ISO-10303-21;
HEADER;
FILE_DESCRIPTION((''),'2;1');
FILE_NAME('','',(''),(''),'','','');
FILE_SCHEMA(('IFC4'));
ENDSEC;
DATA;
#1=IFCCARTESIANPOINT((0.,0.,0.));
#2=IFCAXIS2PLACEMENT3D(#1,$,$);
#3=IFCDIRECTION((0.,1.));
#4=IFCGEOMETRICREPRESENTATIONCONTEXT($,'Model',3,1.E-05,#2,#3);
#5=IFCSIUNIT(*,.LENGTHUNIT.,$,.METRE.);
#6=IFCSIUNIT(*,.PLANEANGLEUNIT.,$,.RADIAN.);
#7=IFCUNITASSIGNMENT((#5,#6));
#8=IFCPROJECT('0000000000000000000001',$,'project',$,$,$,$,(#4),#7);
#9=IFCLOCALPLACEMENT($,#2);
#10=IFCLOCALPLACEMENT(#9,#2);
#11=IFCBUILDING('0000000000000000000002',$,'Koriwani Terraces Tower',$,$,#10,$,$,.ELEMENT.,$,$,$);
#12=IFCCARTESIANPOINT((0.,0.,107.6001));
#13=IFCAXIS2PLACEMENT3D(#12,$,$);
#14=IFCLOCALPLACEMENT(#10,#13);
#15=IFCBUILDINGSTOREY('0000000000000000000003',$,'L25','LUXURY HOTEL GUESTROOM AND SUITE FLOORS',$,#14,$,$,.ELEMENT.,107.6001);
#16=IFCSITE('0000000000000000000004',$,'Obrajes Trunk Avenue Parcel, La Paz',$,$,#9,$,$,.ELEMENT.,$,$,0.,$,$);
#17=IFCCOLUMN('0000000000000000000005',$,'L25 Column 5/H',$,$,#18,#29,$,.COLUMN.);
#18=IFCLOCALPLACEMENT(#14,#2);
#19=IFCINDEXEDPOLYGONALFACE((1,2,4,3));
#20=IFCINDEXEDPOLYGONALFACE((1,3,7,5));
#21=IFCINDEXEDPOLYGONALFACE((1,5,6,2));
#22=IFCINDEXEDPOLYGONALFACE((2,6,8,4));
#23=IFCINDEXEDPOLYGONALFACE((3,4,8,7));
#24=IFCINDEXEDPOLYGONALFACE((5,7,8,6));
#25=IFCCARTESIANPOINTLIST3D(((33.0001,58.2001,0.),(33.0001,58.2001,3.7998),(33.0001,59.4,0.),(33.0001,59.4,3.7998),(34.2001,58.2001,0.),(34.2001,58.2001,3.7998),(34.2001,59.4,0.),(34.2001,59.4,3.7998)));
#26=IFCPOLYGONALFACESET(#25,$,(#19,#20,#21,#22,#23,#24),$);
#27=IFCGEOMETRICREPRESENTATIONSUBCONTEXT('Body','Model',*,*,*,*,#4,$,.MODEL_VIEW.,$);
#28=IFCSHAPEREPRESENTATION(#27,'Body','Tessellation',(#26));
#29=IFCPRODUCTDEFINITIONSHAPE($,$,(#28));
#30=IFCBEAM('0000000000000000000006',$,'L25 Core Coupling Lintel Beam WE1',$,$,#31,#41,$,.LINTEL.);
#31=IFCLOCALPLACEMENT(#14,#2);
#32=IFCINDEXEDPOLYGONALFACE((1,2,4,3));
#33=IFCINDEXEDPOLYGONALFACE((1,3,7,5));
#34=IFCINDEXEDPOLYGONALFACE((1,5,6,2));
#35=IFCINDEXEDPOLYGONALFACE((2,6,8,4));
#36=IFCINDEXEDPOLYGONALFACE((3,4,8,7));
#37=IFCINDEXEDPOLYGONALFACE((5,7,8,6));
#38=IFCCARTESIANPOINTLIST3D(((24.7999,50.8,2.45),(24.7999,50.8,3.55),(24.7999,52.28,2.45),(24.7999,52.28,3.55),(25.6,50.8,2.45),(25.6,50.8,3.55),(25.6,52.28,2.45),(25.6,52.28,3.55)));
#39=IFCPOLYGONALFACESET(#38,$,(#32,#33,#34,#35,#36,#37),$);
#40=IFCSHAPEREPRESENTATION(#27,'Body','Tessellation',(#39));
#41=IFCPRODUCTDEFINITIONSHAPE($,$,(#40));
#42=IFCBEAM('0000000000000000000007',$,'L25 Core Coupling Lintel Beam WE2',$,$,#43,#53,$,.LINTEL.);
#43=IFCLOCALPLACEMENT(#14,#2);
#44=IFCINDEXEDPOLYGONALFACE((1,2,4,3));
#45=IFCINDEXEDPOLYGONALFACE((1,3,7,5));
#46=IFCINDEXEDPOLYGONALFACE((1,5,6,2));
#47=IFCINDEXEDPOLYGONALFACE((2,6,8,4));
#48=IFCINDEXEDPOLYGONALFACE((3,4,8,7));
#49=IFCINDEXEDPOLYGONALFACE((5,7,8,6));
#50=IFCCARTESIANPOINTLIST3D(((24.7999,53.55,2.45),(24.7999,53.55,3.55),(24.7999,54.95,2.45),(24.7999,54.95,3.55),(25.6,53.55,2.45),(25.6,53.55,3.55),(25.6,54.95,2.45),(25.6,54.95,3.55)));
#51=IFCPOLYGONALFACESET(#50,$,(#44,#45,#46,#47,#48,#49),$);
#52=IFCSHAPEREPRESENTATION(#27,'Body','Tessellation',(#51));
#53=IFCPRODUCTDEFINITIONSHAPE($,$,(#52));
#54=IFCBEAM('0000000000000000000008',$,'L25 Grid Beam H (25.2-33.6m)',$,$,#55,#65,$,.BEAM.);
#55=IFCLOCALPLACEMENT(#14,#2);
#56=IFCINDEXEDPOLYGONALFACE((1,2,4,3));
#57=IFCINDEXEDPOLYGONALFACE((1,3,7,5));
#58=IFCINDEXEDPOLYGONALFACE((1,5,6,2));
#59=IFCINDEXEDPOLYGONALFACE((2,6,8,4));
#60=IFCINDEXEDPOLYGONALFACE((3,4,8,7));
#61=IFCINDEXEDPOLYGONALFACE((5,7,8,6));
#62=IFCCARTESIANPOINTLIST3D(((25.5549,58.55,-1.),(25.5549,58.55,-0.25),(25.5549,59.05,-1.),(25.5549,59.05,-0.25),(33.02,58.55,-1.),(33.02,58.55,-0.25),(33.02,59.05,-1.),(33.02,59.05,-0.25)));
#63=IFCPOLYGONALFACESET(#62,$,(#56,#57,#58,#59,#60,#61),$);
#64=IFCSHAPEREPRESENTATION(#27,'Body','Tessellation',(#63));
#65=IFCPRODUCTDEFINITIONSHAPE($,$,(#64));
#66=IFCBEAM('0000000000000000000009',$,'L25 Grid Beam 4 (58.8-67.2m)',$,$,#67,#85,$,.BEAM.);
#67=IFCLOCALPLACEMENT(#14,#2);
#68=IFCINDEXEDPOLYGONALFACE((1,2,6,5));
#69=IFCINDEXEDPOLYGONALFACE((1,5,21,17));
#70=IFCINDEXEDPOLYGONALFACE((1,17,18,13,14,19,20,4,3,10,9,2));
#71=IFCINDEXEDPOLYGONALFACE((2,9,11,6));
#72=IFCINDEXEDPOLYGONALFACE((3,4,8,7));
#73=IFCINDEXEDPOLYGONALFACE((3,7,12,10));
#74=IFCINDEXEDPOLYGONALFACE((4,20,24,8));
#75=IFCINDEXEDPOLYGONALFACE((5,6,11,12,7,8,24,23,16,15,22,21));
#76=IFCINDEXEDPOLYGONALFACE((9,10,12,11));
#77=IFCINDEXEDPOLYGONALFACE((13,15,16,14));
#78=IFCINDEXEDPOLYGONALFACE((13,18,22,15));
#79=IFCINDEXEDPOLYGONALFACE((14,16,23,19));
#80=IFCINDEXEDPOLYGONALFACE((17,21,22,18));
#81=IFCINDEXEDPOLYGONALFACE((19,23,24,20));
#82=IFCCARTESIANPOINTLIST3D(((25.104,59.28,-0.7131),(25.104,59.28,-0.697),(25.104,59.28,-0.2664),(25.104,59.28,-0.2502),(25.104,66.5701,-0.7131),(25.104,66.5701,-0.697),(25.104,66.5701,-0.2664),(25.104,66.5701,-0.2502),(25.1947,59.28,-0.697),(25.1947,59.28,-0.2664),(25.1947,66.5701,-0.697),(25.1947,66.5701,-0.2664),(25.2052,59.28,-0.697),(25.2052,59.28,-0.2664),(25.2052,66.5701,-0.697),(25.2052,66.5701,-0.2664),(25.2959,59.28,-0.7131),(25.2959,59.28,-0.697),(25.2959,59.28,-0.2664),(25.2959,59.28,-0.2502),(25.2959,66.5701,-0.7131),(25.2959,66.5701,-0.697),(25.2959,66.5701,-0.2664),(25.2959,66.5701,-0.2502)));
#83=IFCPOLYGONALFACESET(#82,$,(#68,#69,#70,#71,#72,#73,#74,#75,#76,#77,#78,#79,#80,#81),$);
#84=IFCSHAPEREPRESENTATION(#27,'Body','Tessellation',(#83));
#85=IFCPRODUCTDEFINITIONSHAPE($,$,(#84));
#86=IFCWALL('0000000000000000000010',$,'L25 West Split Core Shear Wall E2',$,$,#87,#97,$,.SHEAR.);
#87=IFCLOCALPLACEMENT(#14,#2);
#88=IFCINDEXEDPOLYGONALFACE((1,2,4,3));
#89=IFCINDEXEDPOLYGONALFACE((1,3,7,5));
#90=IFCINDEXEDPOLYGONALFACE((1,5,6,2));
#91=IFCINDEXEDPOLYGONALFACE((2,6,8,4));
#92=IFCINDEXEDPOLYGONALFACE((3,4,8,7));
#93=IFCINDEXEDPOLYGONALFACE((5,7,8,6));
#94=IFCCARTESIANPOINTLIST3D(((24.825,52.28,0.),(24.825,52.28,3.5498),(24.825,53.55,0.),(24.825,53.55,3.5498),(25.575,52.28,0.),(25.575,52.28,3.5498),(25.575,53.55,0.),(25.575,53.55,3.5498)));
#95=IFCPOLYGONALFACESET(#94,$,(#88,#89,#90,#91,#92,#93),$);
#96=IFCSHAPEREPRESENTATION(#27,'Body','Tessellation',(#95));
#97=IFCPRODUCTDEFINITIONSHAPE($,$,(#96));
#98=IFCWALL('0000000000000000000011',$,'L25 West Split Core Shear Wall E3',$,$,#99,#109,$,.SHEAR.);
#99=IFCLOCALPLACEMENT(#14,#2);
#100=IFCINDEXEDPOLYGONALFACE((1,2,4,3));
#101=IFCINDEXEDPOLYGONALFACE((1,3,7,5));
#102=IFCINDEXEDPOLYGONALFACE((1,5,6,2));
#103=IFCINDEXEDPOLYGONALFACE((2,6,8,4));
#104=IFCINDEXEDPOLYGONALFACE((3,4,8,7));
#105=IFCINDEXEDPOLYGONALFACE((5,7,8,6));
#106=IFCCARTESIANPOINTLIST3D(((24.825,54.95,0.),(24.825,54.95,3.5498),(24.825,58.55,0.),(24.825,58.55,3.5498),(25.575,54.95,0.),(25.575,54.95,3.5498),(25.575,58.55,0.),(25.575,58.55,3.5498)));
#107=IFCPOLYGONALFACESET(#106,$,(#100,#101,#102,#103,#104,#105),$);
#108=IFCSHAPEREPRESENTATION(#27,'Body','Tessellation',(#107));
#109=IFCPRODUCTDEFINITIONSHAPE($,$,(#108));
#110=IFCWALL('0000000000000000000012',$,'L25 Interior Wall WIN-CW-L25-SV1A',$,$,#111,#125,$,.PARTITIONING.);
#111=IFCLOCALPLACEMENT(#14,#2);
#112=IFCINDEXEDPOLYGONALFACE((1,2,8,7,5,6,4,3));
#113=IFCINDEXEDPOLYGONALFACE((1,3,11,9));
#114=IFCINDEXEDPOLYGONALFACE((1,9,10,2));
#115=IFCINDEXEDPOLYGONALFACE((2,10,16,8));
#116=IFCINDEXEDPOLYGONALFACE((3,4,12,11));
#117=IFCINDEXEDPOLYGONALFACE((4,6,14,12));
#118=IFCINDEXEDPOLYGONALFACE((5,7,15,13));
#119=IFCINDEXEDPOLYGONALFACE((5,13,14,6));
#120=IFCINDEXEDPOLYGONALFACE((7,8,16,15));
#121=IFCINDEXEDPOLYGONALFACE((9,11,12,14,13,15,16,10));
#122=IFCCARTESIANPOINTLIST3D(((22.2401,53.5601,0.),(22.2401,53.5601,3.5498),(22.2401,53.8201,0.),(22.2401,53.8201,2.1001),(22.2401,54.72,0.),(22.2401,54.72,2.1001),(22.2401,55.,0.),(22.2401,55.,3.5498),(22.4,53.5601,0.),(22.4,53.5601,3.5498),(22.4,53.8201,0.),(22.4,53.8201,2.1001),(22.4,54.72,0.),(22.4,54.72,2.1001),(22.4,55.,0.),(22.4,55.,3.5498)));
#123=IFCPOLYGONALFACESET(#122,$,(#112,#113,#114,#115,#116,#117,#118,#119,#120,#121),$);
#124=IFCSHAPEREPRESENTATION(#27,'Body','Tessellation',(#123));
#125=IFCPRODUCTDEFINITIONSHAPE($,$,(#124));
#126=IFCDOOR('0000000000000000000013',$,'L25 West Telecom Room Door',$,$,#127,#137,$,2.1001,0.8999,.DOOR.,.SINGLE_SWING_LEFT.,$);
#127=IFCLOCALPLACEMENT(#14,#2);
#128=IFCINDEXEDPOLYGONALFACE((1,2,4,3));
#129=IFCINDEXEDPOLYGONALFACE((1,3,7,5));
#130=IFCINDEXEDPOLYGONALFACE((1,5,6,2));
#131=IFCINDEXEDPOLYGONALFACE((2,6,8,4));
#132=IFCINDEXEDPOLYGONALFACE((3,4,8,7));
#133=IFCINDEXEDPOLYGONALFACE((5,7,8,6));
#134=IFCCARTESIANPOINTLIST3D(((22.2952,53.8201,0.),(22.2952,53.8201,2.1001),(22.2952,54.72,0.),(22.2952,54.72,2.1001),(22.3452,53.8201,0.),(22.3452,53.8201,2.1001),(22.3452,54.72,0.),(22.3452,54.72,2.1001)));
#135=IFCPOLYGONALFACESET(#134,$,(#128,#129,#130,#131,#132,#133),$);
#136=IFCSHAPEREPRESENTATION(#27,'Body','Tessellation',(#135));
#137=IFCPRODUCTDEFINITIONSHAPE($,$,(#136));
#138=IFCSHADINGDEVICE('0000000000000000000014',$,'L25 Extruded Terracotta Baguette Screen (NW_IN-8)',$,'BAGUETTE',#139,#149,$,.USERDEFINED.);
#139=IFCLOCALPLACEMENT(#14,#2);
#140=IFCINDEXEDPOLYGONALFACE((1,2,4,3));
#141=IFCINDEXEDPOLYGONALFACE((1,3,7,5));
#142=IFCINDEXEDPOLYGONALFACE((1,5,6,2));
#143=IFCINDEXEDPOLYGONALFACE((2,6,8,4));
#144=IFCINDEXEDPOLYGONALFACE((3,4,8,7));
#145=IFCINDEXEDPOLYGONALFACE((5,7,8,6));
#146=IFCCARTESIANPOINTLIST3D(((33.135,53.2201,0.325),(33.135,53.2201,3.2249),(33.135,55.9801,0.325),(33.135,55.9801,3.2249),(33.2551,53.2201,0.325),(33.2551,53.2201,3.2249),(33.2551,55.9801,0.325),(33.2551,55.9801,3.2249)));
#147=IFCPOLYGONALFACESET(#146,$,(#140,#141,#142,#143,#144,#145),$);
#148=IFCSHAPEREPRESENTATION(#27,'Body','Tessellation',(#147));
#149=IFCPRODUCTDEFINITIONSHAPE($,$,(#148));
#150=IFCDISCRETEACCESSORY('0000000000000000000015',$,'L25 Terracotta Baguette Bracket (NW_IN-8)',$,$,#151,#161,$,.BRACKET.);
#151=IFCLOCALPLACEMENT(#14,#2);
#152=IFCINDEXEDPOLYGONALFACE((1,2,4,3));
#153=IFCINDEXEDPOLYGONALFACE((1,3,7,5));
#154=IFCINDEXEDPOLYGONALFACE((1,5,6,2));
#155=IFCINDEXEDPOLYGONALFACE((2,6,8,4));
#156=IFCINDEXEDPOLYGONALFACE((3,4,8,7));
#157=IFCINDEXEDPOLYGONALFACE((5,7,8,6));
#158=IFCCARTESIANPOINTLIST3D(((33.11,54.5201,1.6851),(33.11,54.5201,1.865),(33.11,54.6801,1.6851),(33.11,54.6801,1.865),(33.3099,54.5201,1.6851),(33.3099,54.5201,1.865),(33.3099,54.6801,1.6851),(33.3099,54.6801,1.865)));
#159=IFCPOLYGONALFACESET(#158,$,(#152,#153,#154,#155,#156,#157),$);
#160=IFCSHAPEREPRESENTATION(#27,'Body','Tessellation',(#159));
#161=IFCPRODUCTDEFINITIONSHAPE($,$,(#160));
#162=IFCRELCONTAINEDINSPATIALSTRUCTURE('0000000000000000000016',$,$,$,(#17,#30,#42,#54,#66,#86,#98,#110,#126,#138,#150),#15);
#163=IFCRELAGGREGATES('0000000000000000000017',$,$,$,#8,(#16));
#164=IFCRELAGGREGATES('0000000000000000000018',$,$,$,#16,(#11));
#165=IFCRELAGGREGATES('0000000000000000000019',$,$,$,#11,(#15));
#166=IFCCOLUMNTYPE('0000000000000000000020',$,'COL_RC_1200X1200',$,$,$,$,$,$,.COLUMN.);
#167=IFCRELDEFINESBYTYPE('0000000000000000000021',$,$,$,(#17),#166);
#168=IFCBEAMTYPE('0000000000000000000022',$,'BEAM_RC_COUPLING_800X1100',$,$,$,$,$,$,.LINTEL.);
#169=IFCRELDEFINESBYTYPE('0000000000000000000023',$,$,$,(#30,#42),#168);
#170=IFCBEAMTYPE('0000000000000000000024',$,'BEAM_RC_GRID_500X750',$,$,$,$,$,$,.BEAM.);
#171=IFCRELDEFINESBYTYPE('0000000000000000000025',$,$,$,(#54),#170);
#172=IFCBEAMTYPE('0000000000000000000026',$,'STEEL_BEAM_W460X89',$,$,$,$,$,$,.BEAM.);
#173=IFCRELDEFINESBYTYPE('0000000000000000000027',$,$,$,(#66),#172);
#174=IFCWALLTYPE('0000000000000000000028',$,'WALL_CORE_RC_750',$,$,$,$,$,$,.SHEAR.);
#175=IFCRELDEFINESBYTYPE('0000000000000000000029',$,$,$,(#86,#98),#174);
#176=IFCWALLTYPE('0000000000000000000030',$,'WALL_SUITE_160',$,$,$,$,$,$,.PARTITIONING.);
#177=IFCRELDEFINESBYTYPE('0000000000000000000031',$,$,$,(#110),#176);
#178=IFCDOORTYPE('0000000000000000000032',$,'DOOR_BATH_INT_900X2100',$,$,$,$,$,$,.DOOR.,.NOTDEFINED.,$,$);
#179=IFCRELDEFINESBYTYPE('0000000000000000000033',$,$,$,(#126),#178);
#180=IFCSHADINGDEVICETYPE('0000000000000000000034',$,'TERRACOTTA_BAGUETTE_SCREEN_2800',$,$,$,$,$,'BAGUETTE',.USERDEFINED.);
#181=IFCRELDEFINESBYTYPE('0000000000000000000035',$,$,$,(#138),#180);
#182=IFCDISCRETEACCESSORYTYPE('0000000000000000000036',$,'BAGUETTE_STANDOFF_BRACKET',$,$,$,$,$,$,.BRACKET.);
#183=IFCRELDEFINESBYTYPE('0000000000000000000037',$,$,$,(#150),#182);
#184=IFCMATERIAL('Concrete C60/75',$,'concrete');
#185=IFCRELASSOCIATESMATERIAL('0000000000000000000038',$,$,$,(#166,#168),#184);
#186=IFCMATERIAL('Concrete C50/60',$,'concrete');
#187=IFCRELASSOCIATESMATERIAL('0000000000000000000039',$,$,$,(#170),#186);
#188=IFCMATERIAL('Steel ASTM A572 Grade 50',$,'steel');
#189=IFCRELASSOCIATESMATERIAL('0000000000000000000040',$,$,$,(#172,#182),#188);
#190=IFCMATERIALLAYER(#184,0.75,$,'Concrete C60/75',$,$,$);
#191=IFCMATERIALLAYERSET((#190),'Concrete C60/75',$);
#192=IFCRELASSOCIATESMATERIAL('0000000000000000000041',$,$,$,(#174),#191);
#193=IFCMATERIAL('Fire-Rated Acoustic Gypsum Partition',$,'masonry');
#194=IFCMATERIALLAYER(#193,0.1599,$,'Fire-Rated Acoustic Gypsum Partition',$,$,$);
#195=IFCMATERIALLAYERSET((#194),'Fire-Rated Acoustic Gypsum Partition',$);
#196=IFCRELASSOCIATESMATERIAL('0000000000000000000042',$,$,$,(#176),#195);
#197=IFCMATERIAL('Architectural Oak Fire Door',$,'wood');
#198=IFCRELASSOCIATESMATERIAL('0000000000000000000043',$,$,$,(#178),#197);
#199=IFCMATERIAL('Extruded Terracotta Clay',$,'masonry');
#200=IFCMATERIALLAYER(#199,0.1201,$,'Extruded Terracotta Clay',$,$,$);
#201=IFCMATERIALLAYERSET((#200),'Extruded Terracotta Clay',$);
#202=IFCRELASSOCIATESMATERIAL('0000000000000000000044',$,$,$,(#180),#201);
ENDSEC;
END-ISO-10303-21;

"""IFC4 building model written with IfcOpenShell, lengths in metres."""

from ifc_helpers import new_model, si_unit, direction, frame, frame_2d, origin, origin_2d, place, context, subcontext, project, spatial, rectangle, i_section, extrude, material, layer, layer_set, material_profile, profile_set, type_object, element, fill, save


model = new_model("IFC4")

# Units and contexts
model_context = context("Model", 3, precision=1e-05, world=origin(), true_north=direction((0.0, 1.0)))
body_context = subcontext(model_context, "Body", "Model", "MODEL_VIEW")
ifc_project = project(units=[si_unit("LENGTHUNIT", "METRE"), si_unit("PLANEANGLEUNIT", "RADIAN")], contexts=[model_context])

# Site, building, storey
site_placement = place(None, origin())
site = spatial("IfcSite", under=ifc_project, at=site_placement, Name="Obrajes Trunk Avenue Parcel, La Paz", CompositionType="ELEMENT", RefElevation=0.0)
building_placement = place(site_placement, origin())
building = spatial("IfcBuilding", under=site, at=building_placement, Name="Koriwani Terraces Tower", CompositionType="ELEMENT")
storey_placement = place(building_placement, frame((0.0, 0.0, 107.6001)))
storey = spatial("IfcBuildingStorey", under=building, at=storey_placement, Name="L25", Description="LUXURY HOTEL GUESTROOM AND SUITE FLOORS", CompositionType="ELEMENT", Elevation=107.6001)

# Column
ifc_material_1 = material(Name="Concrete C60/75", Category="concrete")
ifc_material_profile_1 = material_profile(ifc_material_1, rectangle(XDim=1.2, YDim=1.2, at=origin_2d()), Name="Concrete C60/75", Category="LoadBearing")
ifc_profile_set_1 = profile_set([ifc_material_profile_1], Name="Concrete C60/75")
column_type = type_object("IfcColumnType", Name="COL_RC_1200X1200", PredefinedType="COLUMN", material=ifc_profile_set_1)
column_placement = place(storey_placement, frame((33.6001, 58.8, 0.0), z_axis=(0.0, 0.0, 1.0), x_axis=(1.0, 0.0, 0.0)))
element("IfcColumn", 1, at=column_placement, inside=storey, type_object=column_type, Name="L25 Column 5/H", PredefinedType="COLUMN", context=body_context, shape_type="SweptSolid", body=[
    extrude(rectangle(XDim=1.2, YDim=1.2, at=origin_2d()), origin(), (0.0, 0.0, 1.0), 3.7998),
])

# Beams
ifc_material_profile_2 = material_profile(ifc_material_1, rectangle(XDim=0.8, YDim=1.1001, at=origin_2d()), Name="Concrete C60/75", Category="LoadBearing")
ifc_profile_set_2 = profile_set([ifc_material_profile_2], Name="Concrete C60/75")
beam_type_1 = type_object("IfcBeamType", Name="BEAM_RC_COUPLING_800X1100", PredefinedType="LINTEL", material=ifc_profile_set_2)
beam_1_placement = place(storey_placement, frame((25.2, 50.8, 3.0), z_axis=(0.0, 1.0, 0.0), x_axis=(-1.0, 0.0, 0.0)))
element("IfcBeam", 2, at=beam_1_placement, inside=storey, type_object=beam_type_1, Name="L25 Core Coupling Lintel Beam WE1", PredefinedType="LINTEL", context=body_context, shape_type="SweptSolid", body=[
    extrude(rectangle(XDim=0.8, YDim=1.1001, at=origin_2d()), origin(), (0.0, 0.0, 1.0), 1.48),
])
beam_2_placement = place(storey_placement, frame((25.2, 53.55, 3.0), z_axis=(0.0, 1.0, 0.0), x_axis=(-1.0, 0.0, 0.0)))
element("IfcBeam", 3, at=beam_2_placement, inside=storey, type_object=beam_type_1, Name="L25 Core Coupling Lintel Beam WE2", PredefinedType="LINTEL", context=body_context, shape_type="SweptSolid", body=[
    extrude(rectangle(XDim=0.8, YDim=1.1001, at=origin_2d()), origin(), (0.0, 0.0, 1.0), 1.3999),
])
ifc_material_2 = material(Name="Concrete C50/60", Category="concrete")
ifc_material_profile_3 = material_profile(ifc_material_2, rectangle(XDim=0.5, YDim=0.75, at=origin_2d()), Name="Concrete C50/60", Category="LoadBearing")
ifc_profile_set_3 = profile_set([ifc_material_profile_3], Name="Concrete C50/60")
beam_type_2 = type_object("IfcBeamType", Name="BEAM_RC_GRID_500X750", PredefinedType="BEAM", material=ifc_profile_set_3)
beam_3_placement = place(storey_placement, frame((25.5549, 58.8, -0.625), z_axis=(1.0, 0.0, 0.0), x_axis=(0.0, 1.0, 0.0)))
element("IfcBeam", 4, at=beam_3_placement, inside=storey, type_object=beam_type_2, Name="L25 Grid Beam H (25.2-33.6m)", PredefinedType="BEAM", context=body_context, shape_type="SweptSolid", body=[
    extrude(rectangle(XDim=0.5, YDim=0.75, at=origin_2d()), origin(), (0.0, 0.0, 1.0), 7.4651),
])
ifc_material_3 = material(Name="Steel ASTM A572 Grade 50", Category="steel")
ifc_material_profile_4 = material_profile(ifc_material_3, i_section(OverallWidth=0.1919, OverallDepth=0.4629, WebThickness=0.0105, FlangeThickness=0.0161, at=origin_2d()), Name="Steel ASTM A572 Grade 50", Category="LoadBearing")
ifc_profile_set_4 = profile_set([ifc_material_profile_4], Name="Steel ASTM A572 Grade 50")
beam_type_3 = type_object("IfcBeamType", Name="STEEL_BEAM_W460X89", PredefinedType="BEAM", material=ifc_profile_set_4)
beam_4_placement = place(storey_placement, frame((25.2, 59.28, -0.4817), z_axis=(0.0, 1.0, 0.0), x_axis=(-1.0, 0.0, 0.0)))
element("IfcBeam", 5, at=beam_4_placement, inside=storey, type_object=beam_type_3, Name="L25 Grid Beam 4 (58.8-67.2m)", PredefinedType="BEAM", context=body_context, shape_type="SweptSolid", body=[
    extrude(i_section(OverallWidth=0.1919, OverallDepth=0.4629, WebThickness=0.0105, FlangeThickness=0.0161, at=origin_2d()), origin(), (0.0, 0.0, 1.0), 7.29),
])

# Walls
ifc_layer_1 = layer(ifc_material_1, 0.75, Name="Concrete C60/75")
ifc_layer_set_1 = layer_set([ifc_layer_1], Name="Concrete C60/75")
wall_type_1 = type_object("IfcWallType", Name="WALL_CORE_RC_750", PredefinedType="SHEAR", material=ifc_layer_set_1)
wall_1_placement = place(storey_placement, frame((25.2, 52.28, 0.0), z_axis=(0.0, 0.0, 1.0), x_axis=(0.0, 1.0, 0.0)))
element("IfcWall", 6, at=wall_1_placement, inside=storey, type_object=wall_type_1, Name="L25 West Split Core Shear Wall E2", PredefinedType="SHEAR", context=body_context, shape_type="SweptSolid", body=[
    extrude(rectangle(XDim=1.27, YDim=0.75, at=frame_2d((0.635, 0.0))), origin(), (0.0, 0.0, 1.0), 3.5498),
])
wall_2_placement = place(storey_placement, frame((25.2, 54.95, 0.0), z_axis=(0.0, 0.0, 1.0), x_axis=(0.0, 1.0, 0.0)))
element("IfcWall", 7, at=wall_2_placement, inside=storey, type_object=wall_type_1, Name="L25 West Split Core Shear Wall E3", PredefinedType="SHEAR", context=body_context, shape_type="SweptSolid", body=[
    extrude(rectangle(XDim=3.6001, YDim=0.75, at=frame_2d((1.8, 0.0))), origin(), (0.0, 0.0, 1.0), 3.5498),
])

# Shared definitions
ifc_material_4 = material(Name="Architectural Oak Fire Door", Category="wood")

# Wall, opening, door
ifc_material_5 = material(Name="Fire-Rated Acoustic Gypsum Partition", Category="masonry")
ifc_layer_2 = layer(ifc_material_5, 0.1599, Name="Fire-Rated Acoustic Gypsum Partition")
ifc_layer_set_2 = layer_set([ifc_layer_2], Name="Fire-Rated Acoustic Gypsum Partition")
wall_type_2 = type_object("IfcWallType", Name="WALL_SUITE_160", PredefinedType="PARTITIONING", material=ifc_layer_set_2)
wall_3_placement = place(storey_placement, frame((22.3201, 53.5601, 0.0), z_axis=(0.0, 0.0, 1.0), x_axis=(0.0, 1.0, 0.0)))
wall_3 = element("IfcWall", 8, at=wall_3_placement, inside=storey, type_object=wall_type_2, Name="L25 Interior Wall WIN-CW-L25-SV1A", PredefinedType="PARTITIONING", context=body_context, shape_type="SweptSolid", body=[
    extrude(rectangle(XDim=1.4399, YDim=0.1599, at=frame_2d((0.72, 0.0))), origin(), (0.0, 0.0, 1.0), 3.5498),
])
opening_1_placement = place(wall_3_placement, frame((0.26, 0.0, 0.0)))
opening_1 = element("IfcOpeningElement", 9, at=opening_1_placement, cuts=wall_3, PredefinedType="OPENING", context=body_context, shape_type="SweptSolid", body=[
    extrude(rectangle(XDim=0.8999, YDim=2.1001, at=frame_2d((0.45, 1.05))), frame((0.0, 0.0898, 0.0), z_axis=(0.0, -1.0, 0.0), x_axis=(1.0, 0.0, 0.0)), (0.0, 0.0, 1.0), 0.1799),
])
door_type_1 = type_object("IfcDoorType", Name="DOOR_BATH_INT_900X2100", OperationType="NOTDEFINED", PredefinedType="DOOR", material=ifc_material_4)
door_1_placement = place(opening_1_placement, origin())
door_1 = element("IfcDoor", 10, at=door_1_placement, inside=storey, type_object=door_type_1, Name="L25 West Telecom Room Door", OperationType="SINGLE_SWING_LEFT", OverallHeight=2.1001, OverallWidth=0.8999, PredefinedType="DOOR", context=body_context, shape_type="SweptSolid", body=[
    extrude(rectangle(XDim=0.8999, YDim=2.1001, at=frame_2d((0.45, 1.05))), frame((0.0, 0.0249, 0.0), z_axis=(0.0, -1.0, 0.0), x_axis=(1.0, 0.0, 0.0)), (0.0, 0.0, 1.0), 0.05),
])
fill(opening_1, door_1)

# Shading device
ifc_material_6 = material(Name="Extruded Terracotta Clay", Category="masonry")
ifc_layer_3 = layer(ifc_material_6, 0.1201, Name="Extruded Terracotta Clay")
ifc_layer_set_3 = layer_set([ifc_layer_3], Name="Extruded Terracotta Clay")
shading_device_type = type_object("IfcShadingDeviceType", Name="TERRACOTTA_BAGUETTE_SCREEN_2800", ElementType="BAGUETTE", PredefinedType="USERDEFINED", material=ifc_layer_set_3)
shading_device_placement = place(storey_placement, frame((33.1951, 54.6001, 0.325), z_axis=(0.0, 0.0, 1.0), x_axis=(0.0, -1.0, 0.0)))
element("IfcShadingDevice", 11, at=shading_device_placement, inside=storey, type_object=shading_device_type, Name="L25 Extruded Terracotta Baguette Screen (NW_IN-8)", ObjectType="BAGUETTE", PredefinedType="USERDEFINED", context=body_context, shape_type="SweptSolid", body=[
    extrude(rectangle(XDim=2.76, YDim=0.1201, at=origin_2d()), origin(), (0.0, 0.0, 1.0), 2.8999),
])

# Discrete accessory
discrete_accessory_type = type_object("IfcDiscreteAccessoryType", Name="BAGUETTE_STANDOFF_BRACKET", PredefinedType="BRACKET", material=ifc_material_3)
discrete_accessory_placement = place(storey_placement, frame((33.21, 54.6001, 1.6851), z_axis=(0.0, 0.0, 1.0), x_axis=(0.0, -1.0, 0.0)))
element("IfcDiscreteAccessory", 12, at=discrete_accessory_placement, inside=storey, type_object=discrete_accessory_type, Name="L25 Terracotta Baguette Bracket (NW_IN-8)", PredefinedType="BRACKET", context=body_context, shape_type="SweptSolid", body=[
    extrude(rectangle(XDim=0.1599, YDim=0.2, at=origin_2d()), origin(), (0.0, 0.0, 1.0), 0.1799),
])

save(model, "model.ifc")
